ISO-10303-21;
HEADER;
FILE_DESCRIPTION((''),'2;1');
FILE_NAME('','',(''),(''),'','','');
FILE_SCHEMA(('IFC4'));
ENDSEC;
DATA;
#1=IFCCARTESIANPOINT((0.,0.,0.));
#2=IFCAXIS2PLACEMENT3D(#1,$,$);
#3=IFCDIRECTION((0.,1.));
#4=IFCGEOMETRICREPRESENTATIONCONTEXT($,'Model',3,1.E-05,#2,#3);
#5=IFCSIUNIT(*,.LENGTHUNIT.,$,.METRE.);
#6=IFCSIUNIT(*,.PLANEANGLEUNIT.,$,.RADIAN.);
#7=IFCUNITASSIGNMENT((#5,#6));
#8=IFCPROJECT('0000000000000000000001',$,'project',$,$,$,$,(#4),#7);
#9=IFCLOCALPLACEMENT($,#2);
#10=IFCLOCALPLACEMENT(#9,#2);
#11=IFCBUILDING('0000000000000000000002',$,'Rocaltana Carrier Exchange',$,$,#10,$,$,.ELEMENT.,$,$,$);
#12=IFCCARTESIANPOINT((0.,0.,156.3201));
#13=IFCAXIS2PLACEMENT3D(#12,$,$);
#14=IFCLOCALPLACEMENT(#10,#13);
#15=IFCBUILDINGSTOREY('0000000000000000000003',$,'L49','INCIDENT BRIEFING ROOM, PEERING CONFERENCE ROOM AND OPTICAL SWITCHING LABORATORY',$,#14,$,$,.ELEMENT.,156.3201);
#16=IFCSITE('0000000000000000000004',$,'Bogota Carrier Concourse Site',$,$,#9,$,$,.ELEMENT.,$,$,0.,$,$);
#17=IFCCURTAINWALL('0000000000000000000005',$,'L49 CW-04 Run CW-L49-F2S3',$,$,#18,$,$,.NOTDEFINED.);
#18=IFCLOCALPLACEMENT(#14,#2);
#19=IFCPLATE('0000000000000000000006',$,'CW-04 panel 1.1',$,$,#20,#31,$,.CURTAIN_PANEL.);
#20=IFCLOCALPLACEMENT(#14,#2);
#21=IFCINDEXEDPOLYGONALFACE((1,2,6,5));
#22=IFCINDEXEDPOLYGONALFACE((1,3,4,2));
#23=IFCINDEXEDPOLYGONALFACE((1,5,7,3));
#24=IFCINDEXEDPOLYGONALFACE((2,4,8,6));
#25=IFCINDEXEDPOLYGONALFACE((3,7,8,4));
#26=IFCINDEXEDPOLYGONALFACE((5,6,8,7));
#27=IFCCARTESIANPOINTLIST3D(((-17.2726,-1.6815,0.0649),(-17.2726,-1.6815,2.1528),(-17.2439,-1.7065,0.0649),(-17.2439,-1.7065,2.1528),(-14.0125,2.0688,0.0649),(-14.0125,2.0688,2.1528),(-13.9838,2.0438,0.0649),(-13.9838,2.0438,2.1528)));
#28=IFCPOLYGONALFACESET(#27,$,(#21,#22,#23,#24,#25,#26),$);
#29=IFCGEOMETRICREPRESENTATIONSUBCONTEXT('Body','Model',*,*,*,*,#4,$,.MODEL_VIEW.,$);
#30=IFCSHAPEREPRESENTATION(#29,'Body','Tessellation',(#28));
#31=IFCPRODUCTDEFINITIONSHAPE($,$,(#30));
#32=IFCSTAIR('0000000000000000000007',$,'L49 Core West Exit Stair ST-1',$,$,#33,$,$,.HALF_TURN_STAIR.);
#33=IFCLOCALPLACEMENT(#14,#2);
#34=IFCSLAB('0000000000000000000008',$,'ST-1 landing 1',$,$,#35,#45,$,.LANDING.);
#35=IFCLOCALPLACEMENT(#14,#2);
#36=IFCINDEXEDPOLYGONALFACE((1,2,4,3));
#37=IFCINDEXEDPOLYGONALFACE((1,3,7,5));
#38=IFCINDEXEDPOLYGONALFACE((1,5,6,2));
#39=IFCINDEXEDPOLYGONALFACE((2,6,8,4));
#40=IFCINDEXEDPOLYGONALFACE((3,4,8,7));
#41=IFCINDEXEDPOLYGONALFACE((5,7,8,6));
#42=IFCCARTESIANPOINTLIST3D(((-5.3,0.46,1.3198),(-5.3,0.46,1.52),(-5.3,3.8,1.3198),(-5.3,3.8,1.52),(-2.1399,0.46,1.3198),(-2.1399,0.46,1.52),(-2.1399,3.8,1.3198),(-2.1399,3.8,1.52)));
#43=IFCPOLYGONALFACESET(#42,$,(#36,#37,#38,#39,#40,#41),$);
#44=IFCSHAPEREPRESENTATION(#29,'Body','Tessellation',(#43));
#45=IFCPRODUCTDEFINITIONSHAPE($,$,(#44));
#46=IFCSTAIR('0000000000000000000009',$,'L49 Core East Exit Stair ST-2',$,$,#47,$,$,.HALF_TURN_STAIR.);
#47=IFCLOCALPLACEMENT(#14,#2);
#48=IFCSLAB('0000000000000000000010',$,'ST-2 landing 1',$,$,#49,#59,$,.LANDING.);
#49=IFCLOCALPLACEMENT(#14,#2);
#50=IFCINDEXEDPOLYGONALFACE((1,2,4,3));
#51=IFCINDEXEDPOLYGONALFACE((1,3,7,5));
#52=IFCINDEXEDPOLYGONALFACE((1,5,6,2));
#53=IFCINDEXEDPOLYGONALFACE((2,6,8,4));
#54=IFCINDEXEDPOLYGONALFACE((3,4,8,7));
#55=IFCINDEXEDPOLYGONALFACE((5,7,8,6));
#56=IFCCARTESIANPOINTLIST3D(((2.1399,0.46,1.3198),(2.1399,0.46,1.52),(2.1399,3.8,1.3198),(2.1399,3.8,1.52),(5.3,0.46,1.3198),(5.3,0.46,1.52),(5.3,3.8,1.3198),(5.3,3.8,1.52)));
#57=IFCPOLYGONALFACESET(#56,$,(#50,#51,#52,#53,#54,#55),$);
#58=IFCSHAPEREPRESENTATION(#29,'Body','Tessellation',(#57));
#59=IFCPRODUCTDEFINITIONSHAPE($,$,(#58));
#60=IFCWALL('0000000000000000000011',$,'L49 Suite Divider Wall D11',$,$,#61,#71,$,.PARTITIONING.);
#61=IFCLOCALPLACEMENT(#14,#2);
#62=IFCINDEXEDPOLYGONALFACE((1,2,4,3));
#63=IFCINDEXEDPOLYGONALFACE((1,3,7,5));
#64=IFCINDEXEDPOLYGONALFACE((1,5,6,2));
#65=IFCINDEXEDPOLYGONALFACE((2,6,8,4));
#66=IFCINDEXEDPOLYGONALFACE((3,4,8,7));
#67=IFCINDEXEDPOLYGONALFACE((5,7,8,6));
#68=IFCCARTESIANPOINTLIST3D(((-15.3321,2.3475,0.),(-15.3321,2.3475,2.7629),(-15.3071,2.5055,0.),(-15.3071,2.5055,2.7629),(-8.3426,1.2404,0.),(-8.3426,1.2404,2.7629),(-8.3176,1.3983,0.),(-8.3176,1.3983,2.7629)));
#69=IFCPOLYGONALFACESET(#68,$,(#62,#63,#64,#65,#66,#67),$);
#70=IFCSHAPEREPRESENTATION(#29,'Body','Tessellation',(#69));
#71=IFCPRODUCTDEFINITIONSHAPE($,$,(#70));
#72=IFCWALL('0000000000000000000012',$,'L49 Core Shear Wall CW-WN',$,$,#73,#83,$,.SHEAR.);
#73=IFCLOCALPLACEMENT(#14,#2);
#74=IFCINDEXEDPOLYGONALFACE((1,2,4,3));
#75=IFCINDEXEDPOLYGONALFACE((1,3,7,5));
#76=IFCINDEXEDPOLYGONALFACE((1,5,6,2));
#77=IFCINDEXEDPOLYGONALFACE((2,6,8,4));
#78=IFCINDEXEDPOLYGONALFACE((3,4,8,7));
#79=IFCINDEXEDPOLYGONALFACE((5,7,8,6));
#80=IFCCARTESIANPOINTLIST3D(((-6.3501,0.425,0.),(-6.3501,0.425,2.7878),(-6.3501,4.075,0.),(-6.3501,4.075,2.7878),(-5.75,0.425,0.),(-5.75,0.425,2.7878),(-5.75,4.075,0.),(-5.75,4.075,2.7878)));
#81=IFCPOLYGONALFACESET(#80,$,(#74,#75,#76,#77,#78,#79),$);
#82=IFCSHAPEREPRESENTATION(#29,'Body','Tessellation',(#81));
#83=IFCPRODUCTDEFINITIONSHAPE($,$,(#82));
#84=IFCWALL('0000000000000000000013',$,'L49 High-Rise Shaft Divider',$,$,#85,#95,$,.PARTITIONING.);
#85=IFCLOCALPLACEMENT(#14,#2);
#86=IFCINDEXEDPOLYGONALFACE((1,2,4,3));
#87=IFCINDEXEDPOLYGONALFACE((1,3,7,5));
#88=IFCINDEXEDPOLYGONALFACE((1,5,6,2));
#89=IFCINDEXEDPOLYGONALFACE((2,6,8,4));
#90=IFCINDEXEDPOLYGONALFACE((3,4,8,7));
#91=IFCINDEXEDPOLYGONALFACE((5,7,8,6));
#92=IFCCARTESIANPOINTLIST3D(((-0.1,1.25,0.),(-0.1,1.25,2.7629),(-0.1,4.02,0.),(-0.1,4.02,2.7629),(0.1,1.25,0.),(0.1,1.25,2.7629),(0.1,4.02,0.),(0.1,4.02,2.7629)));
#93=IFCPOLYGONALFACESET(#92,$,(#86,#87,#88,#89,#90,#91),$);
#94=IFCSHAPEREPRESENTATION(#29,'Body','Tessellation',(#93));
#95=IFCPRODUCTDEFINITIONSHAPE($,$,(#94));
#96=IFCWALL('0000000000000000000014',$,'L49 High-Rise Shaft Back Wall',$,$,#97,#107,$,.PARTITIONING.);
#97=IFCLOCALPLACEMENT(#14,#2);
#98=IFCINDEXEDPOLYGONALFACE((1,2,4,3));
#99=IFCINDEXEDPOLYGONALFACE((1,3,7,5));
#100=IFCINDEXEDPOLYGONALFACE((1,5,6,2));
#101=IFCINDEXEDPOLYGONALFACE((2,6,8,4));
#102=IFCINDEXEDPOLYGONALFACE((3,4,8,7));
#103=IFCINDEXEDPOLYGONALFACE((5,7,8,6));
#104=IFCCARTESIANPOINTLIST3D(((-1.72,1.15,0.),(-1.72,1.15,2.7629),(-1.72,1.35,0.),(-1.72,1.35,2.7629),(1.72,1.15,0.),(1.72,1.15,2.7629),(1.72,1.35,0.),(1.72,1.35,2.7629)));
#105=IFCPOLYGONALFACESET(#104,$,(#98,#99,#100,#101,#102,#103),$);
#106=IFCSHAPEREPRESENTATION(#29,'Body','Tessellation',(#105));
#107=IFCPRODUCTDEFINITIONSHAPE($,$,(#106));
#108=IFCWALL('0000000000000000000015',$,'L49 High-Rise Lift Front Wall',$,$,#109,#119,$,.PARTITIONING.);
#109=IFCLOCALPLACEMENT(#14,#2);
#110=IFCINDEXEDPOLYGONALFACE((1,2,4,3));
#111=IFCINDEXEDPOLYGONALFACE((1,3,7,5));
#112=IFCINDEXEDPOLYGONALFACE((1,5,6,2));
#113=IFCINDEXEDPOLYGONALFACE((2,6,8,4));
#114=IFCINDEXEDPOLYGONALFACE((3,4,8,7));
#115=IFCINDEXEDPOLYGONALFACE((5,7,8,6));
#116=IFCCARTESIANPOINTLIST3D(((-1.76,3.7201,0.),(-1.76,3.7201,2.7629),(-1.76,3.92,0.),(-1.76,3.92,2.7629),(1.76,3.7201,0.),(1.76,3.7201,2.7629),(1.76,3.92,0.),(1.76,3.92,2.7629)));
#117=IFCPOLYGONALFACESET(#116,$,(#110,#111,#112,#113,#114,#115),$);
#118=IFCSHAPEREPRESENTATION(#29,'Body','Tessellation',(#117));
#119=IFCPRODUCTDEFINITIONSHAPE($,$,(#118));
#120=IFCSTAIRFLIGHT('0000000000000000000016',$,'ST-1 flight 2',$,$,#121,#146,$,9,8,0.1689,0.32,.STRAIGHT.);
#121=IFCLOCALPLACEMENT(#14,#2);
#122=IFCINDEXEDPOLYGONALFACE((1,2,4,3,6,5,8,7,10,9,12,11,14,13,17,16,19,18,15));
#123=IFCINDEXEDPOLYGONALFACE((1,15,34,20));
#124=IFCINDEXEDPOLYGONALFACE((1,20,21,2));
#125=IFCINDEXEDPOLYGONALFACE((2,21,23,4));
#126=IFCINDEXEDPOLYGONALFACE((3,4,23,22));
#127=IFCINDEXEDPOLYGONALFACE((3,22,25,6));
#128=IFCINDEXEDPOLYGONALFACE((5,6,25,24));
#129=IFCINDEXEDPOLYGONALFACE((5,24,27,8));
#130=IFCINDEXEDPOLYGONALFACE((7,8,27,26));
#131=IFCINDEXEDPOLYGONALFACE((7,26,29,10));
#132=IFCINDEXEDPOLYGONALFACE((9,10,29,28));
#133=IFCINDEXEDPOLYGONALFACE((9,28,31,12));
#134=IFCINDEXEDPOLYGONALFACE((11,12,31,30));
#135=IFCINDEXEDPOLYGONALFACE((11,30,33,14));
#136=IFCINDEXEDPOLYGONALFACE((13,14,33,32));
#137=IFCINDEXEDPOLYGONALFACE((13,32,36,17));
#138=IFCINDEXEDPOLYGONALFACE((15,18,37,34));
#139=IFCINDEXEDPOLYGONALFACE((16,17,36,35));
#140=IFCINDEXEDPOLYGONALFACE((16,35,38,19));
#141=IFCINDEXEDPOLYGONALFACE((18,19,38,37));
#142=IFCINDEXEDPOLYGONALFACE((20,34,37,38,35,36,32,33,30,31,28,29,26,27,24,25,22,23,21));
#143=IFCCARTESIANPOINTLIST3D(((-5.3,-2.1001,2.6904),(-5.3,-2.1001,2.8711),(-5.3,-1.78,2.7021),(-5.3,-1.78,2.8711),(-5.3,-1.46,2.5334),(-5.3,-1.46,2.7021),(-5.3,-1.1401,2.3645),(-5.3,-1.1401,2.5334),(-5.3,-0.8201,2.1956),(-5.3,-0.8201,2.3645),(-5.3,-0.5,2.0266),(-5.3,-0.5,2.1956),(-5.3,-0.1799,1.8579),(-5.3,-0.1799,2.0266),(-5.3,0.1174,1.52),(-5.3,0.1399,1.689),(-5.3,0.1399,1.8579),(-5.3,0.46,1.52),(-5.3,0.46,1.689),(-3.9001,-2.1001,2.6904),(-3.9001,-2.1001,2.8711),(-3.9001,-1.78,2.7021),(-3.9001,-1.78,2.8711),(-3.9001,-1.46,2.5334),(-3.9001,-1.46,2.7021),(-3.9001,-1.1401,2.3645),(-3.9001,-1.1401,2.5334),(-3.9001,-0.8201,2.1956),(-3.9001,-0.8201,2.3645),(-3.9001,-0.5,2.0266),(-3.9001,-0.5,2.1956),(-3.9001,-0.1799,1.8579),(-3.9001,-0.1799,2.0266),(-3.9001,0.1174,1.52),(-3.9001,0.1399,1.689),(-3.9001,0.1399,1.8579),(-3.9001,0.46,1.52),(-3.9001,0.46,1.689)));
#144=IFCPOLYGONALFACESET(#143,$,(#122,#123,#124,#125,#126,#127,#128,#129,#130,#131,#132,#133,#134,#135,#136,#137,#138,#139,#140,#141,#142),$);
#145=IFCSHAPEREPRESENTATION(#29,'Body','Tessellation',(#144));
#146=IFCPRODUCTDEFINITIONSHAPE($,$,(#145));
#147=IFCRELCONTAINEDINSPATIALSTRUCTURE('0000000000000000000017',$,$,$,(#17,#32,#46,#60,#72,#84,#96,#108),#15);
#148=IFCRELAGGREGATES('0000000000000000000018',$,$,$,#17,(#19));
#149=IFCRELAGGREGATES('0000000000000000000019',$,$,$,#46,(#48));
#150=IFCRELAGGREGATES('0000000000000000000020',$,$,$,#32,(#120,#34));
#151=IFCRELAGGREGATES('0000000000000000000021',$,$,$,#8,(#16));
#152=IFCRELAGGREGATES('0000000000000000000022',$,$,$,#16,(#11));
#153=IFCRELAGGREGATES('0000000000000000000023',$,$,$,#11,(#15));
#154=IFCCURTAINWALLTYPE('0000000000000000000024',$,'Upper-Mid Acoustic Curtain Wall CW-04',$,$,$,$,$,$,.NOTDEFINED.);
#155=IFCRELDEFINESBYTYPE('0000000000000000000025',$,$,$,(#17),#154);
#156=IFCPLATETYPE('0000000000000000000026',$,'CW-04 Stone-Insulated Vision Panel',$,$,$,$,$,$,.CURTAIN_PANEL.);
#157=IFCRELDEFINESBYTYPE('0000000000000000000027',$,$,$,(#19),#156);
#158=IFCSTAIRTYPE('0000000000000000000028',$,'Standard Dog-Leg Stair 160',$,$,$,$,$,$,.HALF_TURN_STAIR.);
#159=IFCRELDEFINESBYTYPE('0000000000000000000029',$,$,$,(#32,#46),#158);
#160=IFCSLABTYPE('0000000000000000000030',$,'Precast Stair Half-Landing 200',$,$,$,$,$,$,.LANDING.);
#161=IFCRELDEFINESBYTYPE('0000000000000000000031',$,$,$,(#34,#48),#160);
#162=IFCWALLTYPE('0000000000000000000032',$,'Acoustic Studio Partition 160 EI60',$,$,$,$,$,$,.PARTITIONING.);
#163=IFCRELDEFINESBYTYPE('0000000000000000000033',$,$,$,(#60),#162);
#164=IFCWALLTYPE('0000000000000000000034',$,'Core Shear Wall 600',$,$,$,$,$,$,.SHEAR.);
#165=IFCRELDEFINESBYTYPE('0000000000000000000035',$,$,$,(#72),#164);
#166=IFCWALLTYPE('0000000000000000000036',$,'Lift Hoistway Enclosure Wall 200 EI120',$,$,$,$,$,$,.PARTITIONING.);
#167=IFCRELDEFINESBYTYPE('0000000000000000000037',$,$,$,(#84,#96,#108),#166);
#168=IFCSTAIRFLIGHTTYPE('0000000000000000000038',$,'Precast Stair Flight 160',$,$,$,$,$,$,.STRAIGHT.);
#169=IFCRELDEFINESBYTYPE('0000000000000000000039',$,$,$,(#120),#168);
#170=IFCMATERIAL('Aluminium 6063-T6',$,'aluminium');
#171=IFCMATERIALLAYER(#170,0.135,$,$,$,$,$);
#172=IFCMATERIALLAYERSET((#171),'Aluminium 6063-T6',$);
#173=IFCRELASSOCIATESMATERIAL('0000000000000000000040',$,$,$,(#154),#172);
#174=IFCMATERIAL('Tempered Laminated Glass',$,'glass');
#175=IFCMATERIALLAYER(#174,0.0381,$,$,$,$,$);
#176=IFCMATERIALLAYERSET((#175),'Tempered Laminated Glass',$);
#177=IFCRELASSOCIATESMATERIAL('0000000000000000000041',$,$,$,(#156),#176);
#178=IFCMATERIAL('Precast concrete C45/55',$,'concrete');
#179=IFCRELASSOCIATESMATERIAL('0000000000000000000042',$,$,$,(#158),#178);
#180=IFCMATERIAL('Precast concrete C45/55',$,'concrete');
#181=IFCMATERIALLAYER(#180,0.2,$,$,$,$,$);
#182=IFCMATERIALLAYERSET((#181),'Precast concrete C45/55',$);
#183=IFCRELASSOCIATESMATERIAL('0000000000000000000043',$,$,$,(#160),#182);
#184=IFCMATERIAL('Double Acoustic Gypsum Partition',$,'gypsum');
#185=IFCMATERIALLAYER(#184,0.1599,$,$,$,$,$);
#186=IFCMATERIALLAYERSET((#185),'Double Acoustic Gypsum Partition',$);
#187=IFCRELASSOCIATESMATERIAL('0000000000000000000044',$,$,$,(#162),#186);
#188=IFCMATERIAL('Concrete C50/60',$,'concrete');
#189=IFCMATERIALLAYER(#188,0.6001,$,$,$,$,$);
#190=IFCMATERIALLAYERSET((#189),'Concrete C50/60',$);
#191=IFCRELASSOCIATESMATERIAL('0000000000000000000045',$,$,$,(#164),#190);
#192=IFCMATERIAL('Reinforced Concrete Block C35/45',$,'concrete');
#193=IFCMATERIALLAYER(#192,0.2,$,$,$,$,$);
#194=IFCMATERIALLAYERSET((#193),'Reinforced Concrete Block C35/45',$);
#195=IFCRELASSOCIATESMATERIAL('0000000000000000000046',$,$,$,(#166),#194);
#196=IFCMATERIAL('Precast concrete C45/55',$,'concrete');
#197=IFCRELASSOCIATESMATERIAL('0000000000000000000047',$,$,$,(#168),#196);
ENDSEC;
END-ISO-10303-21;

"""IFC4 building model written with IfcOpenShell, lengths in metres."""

from ifc_helpers import new_model, si_unit, direction, frame, frame_2d, origin, origin_2d, place, context, subcontext, project, spatial, polyline, rectangle, outline, extrude, material, layer, layer_set, type_object, element, aggregate, save


model = new_model("IFC4")

# Units and contexts
model_context = context("Model", 3, precision=1e-05, world=origin(), true_north=direction((0.0, 1.0)))
body_context = subcontext(model_context, "Body", "Model", "MODEL_VIEW")
ifc_project = project(units=[si_unit("LENGTHUNIT", "METRE"), si_unit("PLANEANGLEUNIT", "RADIAN")], contexts=[model_context])

# Site, building, storey
site_placement = place(None, origin())
site = spatial("IfcSite", under=ifc_project, at=site_placement, Name="Bogota Carrier Concourse Site", CompositionType="ELEMENT", RefElevation=0.0)
building_placement = place(site_placement, origin())
building = spatial("IfcBuilding", under=site, at=building_placement, Name="Rocaltana Carrier Exchange", CompositionType="ELEMENT")
storey_placement = place(building_placement, frame((0.0, 0.0, 156.3201)))
storey = spatial("IfcBuildingStorey", under=building, at=storey_placement, Name="L49", Description="INCIDENT BRIEFING ROOM, PEERING CONFERENCE ROOM AND OPTICAL SWITCHING LABORATORY", CompositionType="ELEMENT", Elevation=156.3201)

# Curtain wall
ifc_material_1 = material(Name="Aluminium 6063-T6", Category="aluminium")
ifc_layer_1 = layer(ifc_material_1, 0.135)
ifc_layer_set_1 = layer_set([ifc_layer_1], Name="Aluminium 6063-T6")
curtain_wall_type = type_object("IfcCurtainWallType", Name="Upper-Mid Acoustic Curtain Wall CW-04", PredefinedType="NOTDEFINED", material=ifc_layer_set_1)
curtain_wall_placement = place(storey_placement, origin())
curtain_wall = element("IfcCurtainWall", 1, at=curtain_wall_placement, inside=storey, type_object=curtain_wall_type, Name="L49 CW-04 Run CW-L49-F2S3", PredefinedType="NOTDEFINED")

# Plate
ifc_material_2 = material(Name="Tempered Laminated Glass", Category="glass")
ifc_layer_2 = layer(ifc_material_2, 0.0381)
ifc_layer_set_2 = layer_set([ifc_layer_2], Name="Tempered Laminated Glass")
plate_type = type_object("IfcPlateType", Name="CW-04 Stone-Insulated Vision Panel", PredefinedType="CURTAIN_PANEL", material=ifc_layer_set_2)
plate_placement = place(storey_placement, frame((-15.6282, 0.1812, 0.0649), z_axis=(0.0, 0.0, 1.0), x_axis=(-0.656057, -0.754712, 0.0)))
plate = element("IfcPlate", 2, at=plate_placement, type_object=plate_type, Name="CW-04 panel 1.1", PredefinedType="CURTAIN_PANEL", context=body_context, shape_type="SweptSolid", body=[
    extrude(rectangle(XDim=4.9692, YDim=0.0381, at=origin_2d()), origin(), (0.0, 0.0, 1.0), 2.0879),
])
aggregate(curtain_wall, [plate])

# Stairs, slabs
ifc_material_3 = material(Name="Precast concrete C45/55", Category="concrete")
stair_type = type_object("IfcStairType", Name="Standard Dog-Leg Stair 160", PredefinedType="HALF_TURN_STAIR", material=ifc_material_3)
stair_1_placement = place(storey_placement, origin())
stair_1 = element("IfcStair", 3, at=stair_1_placement, inside=storey, type_object=stair_type, Name="L49 Core West Exit Stair ST-1", PredefinedType="HALF_TURN_STAIR")
ifc_material_4 = material(Name="Precast concrete C45/55", Category="concrete")
ifc_layer_3 = layer(ifc_material_4, 0.2)
ifc_layer_set_3 = layer_set([ifc_layer_3], Name="Precast concrete C45/55")
slab_type = type_object("IfcSlabType", Name="Precast Stair Half-Landing 200", PredefinedType="LANDING", material=ifc_layer_set_3)
slab_1_placement = place(storey_placement, frame((0.0, 0.0, 1.3198)))
slab_1 = element("IfcSlab", 4, at=slab_1_placement, type_object=slab_type, Name="ST-1 landing 1", PredefinedType="LANDING", context=body_context, shape_type="SweptSolid", body=[
    extrude(outline(polyline([(-2.1399, 0.46), (-2.1399, 3.8), (-5.3, 3.8), (-5.3, 0.46), (-2.1399, 0.46)])), origin(), (0.0, 0.0, 1.0), 0.2002),
])
stair_2_placement = place(storey_placement, origin())
stair_2 = element("IfcStair", 5, at=stair_2_placement, inside=storey, type_object=stair_type, Name="L49 Core East Exit Stair ST-2", PredefinedType="HALF_TURN_STAIR")
slab_2_placement = place(storey_placement, frame((0.0, 0.0, 1.3198)))
slab_2 = element("IfcSlab", 6, at=slab_2_placement, type_object=slab_type, Name="ST-2 landing 1", PredefinedType="LANDING", context=body_context, shape_type="SweptSolid", body=[
    extrude(outline(polyline([(5.3, 0.46), (5.3, 3.8), (2.1399, 3.8), (2.1399, 0.46), (5.3, 0.46)])), origin(), (0.0, 0.0, 1.0), 0.2002),
])
aggregate(stair_2, [slab_2])

# Walls
ifc_material_5 = material(Name="Double Acoustic Gypsum Partition", Category="gypsum")
ifc_layer_4 = layer(ifc_material_5, 0.1599)
ifc_layer_set_4 = layer_set([ifc_layer_4], Name="Double Acoustic Gypsum Partition")
wall_type_1 = type_object("IfcWallType", Name="Acoustic Studio Partition 160 EI60", PredefinedType="PARTITIONING", material=ifc_layer_set_4)
wall_1_placement = place(storey_placement, frame((-8.3301, 1.3193, 0.0), z_axis=(0.0, 0.0, 1.0), x_axis=(-0.987685, 0.156455, 0.0)))
element("IfcWall", 7, at=wall_1_placement, inside=storey, type_object=wall_type_1, Name="L49 Suite Divider Wall D11", PredefinedType="PARTITIONING", context=body_context, shape_type="SweptSolid", body=[
    extrude(rectangle(XDim=7.0767, YDim=0.1599, at=frame_2d((3.5383, 0.0))), origin(), (0.0, 0.0, 1.0), 2.7629),
])
ifc_material_6 = material(Name="Concrete C50/60", Category="concrete")
ifc_layer_5 = layer(ifc_material_6, 0.6001)
ifc_layer_set_5 = layer_set([ifc_layer_5], Name="Concrete C50/60")
wall_type_2 = type_object("IfcWallType", Name="Core Shear Wall 600", PredefinedType="SHEAR", material=ifc_layer_set_5)
wall_2_placement = place(storey_placement, frame((-6.05, 0.425, 0.0), z_axis=(0.0, 0.0, 1.0), x_axis=(0.0, 1.0, 0.0)))
element("IfcWall", 8, at=wall_2_placement, inside=storey, type_object=wall_type_2, Name="L49 Core Shear Wall CW-WN", PredefinedType="SHEAR", context=body_context, shape_type="SweptSolid", body=[
    extrude(rectangle(XDim=3.6499, YDim=0.6001, at=frame_2d((1.825, 0.0))), origin(), (0.0, 0.0, 1.0), 2.7878),
])
ifc_material_7 = material(Name="Reinforced Concrete Block C35/45", Category="concrete")
ifc_layer_6 = layer(ifc_material_7, 0.2)
ifc_layer_set_6 = layer_set([ifc_layer_6], Name="Reinforced Concrete Block C35/45")
wall_type_3 = type_object("IfcWallType", Name="Lift Hoistway Enclosure Wall 200 EI120", PredefinedType="PARTITIONING", material=ifc_layer_set_6)
wall_3_placement = place(storey_placement, frame((0.0, 1.25, 0.0), z_axis=(0.0, 0.0, 1.0), x_axis=(0.0, 1.0, 0.0)))
element("IfcWall", 9, at=wall_3_placement, inside=storey, type_object=wall_type_3, Name="L49 High-Rise Shaft Divider", PredefinedType="PARTITIONING", context=body_context, shape_type="SweptSolid", body=[
    extrude(rectangle(XDim=2.77, YDim=0.2, at=frame_2d((1.385, 0.0))), origin(), (0.0, 0.0, 1.0), 2.7629),
])
wall_4_placement = place(storey_placement, frame((-1.72, 1.25, 0.0), z_axis=(0.0, 0.0, 1.0), x_axis=(1.0, 0.0, 0.0)))
element("IfcWall", 10, at=wall_4_placement, inside=storey, type_object=wall_type_3, Name="L49 High-Rise Shaft Back Wall", PredefinedType="PARTITIONING", context=body_context, shape_type="SweptSolid", body=[
    extrude(rectangle(XDim=3.4399, YDim=0.2, at=frame_2d((1.72, 0.0))), origin(), (0.0, 0.0, 1.0), 2.7629),
])
wall_5_placement = place(storey_placement, frame((-1.76, 3.8201, 0.0), z_axis=(0.0, 0.0, 1.0), x_axis=(1.0, 0.0, 0.0)))
element("IfcWall", 11, at=wall_5_placement, inside=storey, type_object=wall_type_3, Name="L49 High-Rise Lift Front Wall", PredefinedType="PARTITIONING", context=body_context, shape_type="SweptSolid", body=[
    extrude(rectangle(XDim=3.52, YDim=0.2, at=frame_2d((1.76, 0.0))), origin(), (0.0, 0.0, 1.0), 2.7629),
])

# Stair flight
ifc_material_8 = material(Name="Precast concrete C45/55", Category="concrete")
stair_flight_type = type_object("IfcStairFlightType", Name="Precast Stair Flight 160", PredefinedType="STRAIGHT", material=ifc_material_8)
stair_flight_placement = place(storey_placement, frame((-4.6001, 0.46, 1.52), z_axis=(0.0, 0.0, 1.0), x_axis=(0.0, -1.0, 0.0)))
stair_flight = element("IfcStairFlight", 12, at=stair_flight_placement, type_object=stair_flight_type, Name="ST-1 flight 2", NumberOfRisers=9, NumberOfTreads=8, PredefinedType="STRAIGHT", RiserHeight=0.1689, TreadLength=0.32, context=body_context, shape_type="SweptSolid", body=[
    extrude(outline(polyline([(0.0, 0.0), (0.0, 0.1689), (0.3201, 0.1689), (0.3201, 0.3379), (0.6399, 0.3379), (0.6399, 0.5066), (0.96, 0.5066), (0.96, 0.6755), (1.28, 0.6755), (1.28, 0.8445), (1.6001, 0.8445), (1.6001, 1.0134), (1.9199, 1.0134), (1.9199, 1.1821), (2.24, 1.1821), (2.24, 1.3511), (2.5601, 1.3511), (2.5601, 1.52), (2.5601, 1.1704), (0.3425, 0.0), (0.0, 0.0)])), frame((0.0, 0.7, 0.0), z_axis=(0.0, -1.0, 0.0), x_axis=(1.0, 0.0, 0.0)), (0.0, 0.0, 1.0), 1.3999),
])
aggregate(stair_1, [stair_flight, slab_1])

save(model, "model.ifc")
